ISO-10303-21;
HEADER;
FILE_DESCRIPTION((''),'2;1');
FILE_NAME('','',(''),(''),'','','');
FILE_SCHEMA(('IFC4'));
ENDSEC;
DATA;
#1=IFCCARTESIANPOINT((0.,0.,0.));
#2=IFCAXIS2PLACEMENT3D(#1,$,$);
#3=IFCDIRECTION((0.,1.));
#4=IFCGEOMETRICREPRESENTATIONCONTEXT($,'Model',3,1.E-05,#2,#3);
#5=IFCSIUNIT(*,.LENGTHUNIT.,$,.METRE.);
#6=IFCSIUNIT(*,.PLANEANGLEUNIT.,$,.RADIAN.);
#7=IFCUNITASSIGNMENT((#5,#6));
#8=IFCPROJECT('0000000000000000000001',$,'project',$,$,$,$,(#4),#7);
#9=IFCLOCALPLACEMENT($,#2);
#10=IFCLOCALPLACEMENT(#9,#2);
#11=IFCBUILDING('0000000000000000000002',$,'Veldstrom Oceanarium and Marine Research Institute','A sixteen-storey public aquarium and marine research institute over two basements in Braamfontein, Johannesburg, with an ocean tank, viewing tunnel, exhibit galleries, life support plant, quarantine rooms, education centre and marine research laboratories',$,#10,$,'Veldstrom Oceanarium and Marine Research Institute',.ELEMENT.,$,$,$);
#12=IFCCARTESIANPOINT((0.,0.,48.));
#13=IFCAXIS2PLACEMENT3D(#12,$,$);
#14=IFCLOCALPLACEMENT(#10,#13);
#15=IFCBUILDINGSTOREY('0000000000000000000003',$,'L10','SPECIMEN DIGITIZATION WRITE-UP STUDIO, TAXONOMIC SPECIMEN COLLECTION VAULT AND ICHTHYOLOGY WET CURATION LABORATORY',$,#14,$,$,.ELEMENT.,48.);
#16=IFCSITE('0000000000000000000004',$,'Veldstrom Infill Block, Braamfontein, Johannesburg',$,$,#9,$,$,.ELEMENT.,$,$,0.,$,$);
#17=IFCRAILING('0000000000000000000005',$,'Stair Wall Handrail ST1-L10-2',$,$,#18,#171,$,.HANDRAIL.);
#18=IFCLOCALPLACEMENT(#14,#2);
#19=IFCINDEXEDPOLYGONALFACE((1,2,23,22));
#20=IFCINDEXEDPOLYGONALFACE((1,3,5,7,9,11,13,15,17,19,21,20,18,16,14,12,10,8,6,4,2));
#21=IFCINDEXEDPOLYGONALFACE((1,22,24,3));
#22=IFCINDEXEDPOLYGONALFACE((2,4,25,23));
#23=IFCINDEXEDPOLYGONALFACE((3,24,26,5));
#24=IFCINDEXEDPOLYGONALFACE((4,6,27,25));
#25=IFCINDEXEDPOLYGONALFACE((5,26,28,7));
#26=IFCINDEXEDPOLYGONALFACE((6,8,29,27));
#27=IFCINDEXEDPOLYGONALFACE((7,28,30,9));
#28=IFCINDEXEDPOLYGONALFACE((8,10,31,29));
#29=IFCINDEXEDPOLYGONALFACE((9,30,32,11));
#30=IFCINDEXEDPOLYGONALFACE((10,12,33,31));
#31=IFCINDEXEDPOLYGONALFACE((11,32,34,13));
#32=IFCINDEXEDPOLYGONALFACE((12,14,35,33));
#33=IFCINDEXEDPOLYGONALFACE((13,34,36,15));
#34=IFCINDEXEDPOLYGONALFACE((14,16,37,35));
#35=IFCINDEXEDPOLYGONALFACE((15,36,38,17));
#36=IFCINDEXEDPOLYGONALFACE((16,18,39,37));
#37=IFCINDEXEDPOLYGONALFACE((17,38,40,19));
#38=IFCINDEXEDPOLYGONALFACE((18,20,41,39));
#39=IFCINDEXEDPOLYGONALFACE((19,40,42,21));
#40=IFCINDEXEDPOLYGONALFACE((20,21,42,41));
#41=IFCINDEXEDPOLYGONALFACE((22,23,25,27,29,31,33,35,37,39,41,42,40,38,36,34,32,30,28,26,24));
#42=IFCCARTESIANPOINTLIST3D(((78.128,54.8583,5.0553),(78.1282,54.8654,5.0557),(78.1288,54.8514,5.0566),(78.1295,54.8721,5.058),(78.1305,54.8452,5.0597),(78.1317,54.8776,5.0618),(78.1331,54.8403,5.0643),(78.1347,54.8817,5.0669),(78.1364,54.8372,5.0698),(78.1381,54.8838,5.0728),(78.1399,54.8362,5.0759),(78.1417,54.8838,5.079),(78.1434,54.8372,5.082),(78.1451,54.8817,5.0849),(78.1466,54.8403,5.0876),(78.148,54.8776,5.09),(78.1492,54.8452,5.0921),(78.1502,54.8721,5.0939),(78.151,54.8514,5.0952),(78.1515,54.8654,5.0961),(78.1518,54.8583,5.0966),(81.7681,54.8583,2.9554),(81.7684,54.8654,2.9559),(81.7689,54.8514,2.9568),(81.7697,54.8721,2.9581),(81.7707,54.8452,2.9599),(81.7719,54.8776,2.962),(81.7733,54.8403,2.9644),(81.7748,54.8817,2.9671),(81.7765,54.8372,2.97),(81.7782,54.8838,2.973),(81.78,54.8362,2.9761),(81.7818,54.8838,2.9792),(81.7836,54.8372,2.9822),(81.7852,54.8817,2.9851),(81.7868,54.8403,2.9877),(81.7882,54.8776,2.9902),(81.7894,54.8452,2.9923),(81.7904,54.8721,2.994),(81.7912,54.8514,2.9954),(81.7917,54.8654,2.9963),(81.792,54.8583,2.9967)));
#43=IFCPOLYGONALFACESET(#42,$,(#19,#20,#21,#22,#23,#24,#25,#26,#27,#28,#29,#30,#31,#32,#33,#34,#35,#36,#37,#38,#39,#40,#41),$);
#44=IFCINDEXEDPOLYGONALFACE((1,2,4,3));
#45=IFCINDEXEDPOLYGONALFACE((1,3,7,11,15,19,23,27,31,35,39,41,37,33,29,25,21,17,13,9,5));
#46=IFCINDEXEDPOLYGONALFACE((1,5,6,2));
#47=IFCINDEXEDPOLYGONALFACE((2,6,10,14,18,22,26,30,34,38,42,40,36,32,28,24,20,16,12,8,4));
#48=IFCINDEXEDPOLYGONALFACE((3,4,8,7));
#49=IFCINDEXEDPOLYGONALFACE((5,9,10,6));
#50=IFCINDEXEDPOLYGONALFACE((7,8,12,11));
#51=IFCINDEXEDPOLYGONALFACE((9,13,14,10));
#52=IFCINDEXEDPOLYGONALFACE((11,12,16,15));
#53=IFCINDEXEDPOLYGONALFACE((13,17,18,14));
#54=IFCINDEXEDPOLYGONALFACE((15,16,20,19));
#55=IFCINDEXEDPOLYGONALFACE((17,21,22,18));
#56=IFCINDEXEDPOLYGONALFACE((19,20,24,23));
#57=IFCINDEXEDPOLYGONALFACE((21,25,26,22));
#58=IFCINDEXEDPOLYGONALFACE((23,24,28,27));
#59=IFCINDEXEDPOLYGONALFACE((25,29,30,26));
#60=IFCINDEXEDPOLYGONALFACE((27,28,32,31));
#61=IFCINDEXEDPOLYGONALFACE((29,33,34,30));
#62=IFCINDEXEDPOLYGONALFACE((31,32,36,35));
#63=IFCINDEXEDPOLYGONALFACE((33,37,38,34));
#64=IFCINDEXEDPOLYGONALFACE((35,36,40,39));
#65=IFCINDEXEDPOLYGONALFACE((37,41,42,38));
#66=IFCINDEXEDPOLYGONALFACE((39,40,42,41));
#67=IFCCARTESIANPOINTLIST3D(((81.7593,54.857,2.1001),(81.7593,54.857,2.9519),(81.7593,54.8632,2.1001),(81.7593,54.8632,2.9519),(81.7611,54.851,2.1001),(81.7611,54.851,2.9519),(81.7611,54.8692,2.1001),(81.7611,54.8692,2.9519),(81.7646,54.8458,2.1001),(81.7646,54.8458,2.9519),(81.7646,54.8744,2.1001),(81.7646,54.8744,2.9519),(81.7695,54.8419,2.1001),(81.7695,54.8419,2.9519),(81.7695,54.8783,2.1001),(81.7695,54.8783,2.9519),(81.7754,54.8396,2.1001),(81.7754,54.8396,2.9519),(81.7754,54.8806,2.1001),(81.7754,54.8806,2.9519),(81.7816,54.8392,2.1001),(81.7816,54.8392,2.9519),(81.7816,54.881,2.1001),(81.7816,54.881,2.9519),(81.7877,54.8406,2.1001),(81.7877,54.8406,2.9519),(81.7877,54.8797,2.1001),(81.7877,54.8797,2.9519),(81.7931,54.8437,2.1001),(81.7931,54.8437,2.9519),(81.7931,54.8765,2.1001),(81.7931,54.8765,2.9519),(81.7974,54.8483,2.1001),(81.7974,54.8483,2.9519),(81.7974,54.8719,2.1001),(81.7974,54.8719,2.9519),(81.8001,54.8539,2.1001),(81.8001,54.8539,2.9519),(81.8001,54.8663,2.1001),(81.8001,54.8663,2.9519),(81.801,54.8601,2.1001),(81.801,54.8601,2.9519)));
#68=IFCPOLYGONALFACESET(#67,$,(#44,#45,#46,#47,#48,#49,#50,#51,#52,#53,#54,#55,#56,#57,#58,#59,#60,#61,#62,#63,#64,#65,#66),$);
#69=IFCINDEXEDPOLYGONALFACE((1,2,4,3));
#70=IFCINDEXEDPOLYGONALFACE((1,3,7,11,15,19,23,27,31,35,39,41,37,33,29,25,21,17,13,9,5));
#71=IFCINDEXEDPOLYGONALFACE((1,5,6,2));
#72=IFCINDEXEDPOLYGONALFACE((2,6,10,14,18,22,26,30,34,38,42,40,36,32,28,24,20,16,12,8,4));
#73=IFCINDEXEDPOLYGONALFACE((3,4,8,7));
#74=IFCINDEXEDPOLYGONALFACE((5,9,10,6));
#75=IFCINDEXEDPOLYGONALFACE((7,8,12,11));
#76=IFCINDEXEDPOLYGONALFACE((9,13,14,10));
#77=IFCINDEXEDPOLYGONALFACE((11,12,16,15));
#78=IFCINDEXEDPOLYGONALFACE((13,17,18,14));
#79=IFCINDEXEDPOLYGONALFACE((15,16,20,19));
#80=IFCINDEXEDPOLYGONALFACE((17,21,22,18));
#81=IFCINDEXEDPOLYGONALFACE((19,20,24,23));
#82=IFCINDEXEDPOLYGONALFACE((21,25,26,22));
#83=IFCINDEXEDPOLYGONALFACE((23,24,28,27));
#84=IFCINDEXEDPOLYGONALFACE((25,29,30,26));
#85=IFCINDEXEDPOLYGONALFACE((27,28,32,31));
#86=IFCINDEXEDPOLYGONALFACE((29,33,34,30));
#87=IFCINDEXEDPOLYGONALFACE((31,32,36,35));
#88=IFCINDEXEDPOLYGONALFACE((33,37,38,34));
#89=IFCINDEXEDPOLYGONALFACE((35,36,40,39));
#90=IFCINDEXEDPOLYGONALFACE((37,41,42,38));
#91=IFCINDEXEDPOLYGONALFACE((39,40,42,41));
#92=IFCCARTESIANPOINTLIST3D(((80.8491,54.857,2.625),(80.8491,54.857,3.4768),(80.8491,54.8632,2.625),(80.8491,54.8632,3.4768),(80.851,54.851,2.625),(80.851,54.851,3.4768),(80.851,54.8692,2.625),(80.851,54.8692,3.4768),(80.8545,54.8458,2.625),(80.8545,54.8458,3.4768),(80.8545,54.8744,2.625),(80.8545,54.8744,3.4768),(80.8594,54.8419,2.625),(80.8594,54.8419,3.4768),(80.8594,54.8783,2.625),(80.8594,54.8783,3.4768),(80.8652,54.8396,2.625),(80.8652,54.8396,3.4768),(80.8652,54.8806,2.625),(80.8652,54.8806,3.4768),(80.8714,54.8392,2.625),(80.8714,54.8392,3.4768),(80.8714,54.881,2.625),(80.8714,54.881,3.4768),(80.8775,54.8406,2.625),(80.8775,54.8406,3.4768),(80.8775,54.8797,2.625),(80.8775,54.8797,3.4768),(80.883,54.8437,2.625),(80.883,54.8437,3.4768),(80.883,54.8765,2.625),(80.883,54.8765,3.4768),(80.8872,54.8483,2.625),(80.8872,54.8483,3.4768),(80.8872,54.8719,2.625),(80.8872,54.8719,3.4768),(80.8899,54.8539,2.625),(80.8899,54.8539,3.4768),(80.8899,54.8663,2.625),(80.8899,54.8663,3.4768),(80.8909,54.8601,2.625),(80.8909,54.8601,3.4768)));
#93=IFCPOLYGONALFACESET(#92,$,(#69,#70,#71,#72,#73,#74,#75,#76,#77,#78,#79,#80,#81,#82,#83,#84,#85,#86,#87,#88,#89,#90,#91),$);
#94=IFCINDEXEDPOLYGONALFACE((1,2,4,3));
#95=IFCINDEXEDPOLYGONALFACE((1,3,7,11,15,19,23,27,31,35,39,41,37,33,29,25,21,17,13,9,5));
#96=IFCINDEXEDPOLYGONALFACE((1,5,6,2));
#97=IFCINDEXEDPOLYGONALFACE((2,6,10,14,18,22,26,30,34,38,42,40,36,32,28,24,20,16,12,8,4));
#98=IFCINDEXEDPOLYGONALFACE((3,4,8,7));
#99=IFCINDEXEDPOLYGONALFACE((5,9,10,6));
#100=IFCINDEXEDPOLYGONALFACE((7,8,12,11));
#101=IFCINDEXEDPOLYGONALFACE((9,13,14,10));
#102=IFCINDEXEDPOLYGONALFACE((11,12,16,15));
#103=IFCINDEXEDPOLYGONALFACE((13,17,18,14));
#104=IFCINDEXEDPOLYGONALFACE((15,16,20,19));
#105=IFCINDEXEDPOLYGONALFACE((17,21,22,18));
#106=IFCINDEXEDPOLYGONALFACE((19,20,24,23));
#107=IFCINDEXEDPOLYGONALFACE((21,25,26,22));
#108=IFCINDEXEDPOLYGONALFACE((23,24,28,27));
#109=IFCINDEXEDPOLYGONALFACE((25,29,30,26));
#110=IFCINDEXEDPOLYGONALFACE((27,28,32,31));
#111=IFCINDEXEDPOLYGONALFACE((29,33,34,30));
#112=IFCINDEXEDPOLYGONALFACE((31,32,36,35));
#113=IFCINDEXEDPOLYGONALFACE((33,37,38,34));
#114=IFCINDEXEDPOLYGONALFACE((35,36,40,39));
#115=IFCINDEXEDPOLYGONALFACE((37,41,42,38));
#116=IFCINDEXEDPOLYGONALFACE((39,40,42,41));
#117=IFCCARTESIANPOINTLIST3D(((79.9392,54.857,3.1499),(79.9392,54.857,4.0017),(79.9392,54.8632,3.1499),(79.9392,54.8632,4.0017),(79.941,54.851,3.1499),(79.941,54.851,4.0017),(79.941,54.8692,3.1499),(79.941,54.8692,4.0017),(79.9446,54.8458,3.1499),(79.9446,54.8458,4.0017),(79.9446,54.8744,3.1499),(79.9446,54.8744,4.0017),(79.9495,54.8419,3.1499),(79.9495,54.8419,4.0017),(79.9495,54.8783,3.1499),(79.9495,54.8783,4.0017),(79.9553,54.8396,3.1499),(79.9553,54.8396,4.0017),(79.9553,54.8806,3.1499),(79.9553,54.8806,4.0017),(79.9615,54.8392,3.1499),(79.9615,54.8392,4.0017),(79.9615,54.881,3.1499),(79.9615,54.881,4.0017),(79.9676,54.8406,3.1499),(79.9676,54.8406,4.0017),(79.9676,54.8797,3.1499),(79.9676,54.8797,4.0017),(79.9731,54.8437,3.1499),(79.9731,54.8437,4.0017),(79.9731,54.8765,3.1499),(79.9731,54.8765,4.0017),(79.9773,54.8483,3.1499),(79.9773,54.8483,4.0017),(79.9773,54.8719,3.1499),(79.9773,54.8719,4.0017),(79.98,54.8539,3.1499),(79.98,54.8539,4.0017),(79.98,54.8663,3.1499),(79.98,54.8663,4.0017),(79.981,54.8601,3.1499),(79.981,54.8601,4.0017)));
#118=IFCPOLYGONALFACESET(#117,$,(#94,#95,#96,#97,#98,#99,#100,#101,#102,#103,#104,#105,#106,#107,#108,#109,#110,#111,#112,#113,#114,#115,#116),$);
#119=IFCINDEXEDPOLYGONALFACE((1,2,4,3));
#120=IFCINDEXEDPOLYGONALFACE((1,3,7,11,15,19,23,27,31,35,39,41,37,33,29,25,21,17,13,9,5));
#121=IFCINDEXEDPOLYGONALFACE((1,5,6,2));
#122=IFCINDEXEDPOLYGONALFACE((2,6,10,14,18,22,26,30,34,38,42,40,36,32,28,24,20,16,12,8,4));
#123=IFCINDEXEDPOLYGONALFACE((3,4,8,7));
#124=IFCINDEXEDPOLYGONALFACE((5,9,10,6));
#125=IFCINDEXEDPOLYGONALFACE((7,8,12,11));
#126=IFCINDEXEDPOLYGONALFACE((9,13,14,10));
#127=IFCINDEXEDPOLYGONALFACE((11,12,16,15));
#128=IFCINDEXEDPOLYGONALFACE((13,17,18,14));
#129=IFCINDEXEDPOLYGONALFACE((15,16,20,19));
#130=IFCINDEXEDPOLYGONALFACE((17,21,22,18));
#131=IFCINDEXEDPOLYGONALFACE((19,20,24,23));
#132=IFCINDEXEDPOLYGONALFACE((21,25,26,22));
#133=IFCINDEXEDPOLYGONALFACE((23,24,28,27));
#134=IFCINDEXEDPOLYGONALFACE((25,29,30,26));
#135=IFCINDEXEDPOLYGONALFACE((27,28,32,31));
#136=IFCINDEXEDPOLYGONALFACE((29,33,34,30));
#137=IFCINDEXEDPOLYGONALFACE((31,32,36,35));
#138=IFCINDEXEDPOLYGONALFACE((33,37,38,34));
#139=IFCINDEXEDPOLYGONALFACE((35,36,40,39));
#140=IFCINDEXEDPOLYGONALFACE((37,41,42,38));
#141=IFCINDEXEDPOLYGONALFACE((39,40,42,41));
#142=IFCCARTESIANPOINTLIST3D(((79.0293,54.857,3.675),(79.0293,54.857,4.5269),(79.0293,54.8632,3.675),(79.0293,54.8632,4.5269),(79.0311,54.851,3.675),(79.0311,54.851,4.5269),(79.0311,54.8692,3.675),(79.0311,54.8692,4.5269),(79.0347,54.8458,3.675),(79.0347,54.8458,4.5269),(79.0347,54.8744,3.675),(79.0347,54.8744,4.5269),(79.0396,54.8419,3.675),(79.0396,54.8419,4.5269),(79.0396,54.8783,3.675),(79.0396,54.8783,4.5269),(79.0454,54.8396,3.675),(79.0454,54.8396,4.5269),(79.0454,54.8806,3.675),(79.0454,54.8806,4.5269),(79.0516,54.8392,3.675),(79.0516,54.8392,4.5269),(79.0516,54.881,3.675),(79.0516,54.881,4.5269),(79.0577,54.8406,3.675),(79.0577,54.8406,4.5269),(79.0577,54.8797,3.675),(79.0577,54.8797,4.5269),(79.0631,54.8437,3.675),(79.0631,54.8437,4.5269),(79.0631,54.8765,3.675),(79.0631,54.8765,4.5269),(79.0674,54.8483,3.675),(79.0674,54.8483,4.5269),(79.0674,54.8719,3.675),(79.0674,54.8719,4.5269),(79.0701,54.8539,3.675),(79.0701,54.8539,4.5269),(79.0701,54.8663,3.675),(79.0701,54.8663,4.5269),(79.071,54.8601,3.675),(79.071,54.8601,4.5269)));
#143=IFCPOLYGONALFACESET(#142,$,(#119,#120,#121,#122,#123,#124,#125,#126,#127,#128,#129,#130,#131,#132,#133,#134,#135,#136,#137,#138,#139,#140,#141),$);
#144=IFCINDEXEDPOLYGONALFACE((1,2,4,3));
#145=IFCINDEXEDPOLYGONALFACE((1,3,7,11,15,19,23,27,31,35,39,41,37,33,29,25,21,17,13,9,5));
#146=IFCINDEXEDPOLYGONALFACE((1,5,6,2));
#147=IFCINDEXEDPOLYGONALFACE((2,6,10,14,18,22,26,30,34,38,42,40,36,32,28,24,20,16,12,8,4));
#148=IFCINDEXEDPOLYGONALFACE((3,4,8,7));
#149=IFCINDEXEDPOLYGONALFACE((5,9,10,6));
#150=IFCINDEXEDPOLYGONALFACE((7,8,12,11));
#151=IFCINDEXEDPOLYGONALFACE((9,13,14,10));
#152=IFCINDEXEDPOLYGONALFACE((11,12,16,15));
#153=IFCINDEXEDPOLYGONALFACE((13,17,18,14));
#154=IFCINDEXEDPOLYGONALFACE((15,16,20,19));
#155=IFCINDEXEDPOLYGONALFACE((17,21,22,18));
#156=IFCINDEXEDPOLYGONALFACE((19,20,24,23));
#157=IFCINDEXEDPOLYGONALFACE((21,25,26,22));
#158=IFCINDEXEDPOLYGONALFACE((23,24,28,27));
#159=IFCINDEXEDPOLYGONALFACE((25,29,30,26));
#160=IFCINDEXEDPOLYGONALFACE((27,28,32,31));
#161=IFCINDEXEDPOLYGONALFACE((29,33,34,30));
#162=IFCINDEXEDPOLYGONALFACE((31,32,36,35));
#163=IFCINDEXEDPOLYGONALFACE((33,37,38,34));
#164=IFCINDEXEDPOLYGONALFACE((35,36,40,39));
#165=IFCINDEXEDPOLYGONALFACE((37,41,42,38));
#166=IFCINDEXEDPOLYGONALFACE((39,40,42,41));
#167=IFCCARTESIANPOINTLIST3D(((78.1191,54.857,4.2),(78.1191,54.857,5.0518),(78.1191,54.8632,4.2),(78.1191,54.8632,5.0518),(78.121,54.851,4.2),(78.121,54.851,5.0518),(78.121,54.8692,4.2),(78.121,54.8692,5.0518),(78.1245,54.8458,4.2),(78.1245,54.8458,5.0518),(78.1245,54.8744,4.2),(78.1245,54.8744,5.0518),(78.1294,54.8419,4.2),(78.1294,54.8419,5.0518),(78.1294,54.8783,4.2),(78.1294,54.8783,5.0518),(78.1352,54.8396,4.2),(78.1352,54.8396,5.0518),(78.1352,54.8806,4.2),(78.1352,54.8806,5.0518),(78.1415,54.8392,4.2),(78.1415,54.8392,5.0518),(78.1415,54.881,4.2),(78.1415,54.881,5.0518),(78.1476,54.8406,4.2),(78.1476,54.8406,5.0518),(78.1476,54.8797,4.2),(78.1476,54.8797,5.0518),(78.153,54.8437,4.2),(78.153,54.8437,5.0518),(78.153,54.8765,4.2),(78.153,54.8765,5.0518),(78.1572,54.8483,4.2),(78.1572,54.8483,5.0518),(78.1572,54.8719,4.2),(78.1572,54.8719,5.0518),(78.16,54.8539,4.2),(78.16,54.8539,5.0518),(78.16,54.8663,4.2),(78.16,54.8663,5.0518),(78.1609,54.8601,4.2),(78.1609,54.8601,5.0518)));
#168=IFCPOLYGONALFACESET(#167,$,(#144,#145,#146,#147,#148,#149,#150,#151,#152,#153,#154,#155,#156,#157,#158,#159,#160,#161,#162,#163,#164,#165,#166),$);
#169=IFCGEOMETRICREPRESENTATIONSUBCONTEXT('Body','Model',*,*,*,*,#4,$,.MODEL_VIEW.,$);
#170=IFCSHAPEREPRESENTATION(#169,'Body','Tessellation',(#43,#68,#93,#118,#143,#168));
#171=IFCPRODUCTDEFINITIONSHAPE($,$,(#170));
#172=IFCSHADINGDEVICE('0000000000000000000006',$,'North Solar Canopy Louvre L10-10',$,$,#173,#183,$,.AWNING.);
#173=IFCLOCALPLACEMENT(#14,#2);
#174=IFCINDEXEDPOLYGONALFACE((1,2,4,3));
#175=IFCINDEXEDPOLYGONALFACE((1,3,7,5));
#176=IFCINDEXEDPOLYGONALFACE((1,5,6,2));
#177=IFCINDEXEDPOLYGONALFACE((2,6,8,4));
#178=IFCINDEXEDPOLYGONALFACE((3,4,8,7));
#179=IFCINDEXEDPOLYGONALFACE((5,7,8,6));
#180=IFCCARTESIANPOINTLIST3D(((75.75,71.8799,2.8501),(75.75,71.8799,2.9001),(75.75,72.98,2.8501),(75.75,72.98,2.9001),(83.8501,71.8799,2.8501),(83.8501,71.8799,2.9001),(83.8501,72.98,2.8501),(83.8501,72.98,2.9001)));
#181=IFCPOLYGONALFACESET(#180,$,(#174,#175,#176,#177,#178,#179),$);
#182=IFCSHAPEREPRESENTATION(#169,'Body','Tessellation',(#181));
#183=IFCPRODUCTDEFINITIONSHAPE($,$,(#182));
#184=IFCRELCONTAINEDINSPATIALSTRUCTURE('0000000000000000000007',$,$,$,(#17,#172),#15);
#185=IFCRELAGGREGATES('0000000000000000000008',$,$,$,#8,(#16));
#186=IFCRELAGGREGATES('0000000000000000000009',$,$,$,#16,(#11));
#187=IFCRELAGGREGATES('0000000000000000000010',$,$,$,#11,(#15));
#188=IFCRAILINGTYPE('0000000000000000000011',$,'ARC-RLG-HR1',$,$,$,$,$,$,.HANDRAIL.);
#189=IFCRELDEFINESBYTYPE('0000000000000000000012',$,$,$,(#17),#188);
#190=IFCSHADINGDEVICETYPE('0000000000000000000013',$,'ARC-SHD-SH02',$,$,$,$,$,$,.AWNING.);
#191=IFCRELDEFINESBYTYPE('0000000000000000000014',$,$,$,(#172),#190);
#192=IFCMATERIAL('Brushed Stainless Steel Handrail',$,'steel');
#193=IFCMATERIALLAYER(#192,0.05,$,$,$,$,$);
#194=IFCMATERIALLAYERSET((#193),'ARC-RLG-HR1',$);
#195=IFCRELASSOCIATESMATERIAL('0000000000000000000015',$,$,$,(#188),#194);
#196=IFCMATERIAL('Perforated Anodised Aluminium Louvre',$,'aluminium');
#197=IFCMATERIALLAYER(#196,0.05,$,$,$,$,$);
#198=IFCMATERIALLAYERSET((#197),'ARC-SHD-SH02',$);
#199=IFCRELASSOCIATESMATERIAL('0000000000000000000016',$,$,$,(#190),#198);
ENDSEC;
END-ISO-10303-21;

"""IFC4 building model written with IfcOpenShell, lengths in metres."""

from ifc_helpers import new_model, si_unit, direction, frame, origin, origin_2d, place, context, subcontext, project, spatial, rectangle, circle, extrude, material, layer, layer_set, type_object, element, save


model = new_model("IFC4")

# Units and contexts
model_context = context("Model", 3, precision=1e-05, world=origin(), true_north=direction((0.0, 1.0)))
body_context = subcontext(model_context, "Body", "Model", "MODEL_VIEW")
ifc_project = project(units=[si_unit("LENGTHUNIT", "METRE"), si_unit("PLANEANGLEUNIT", "RADIAN")], contexts=[model_context])

# Site, building, storey
site_placement = place(None, origin())
site = spatial("IfcSite", under=ifc_project, at=site_placement, Name="Veldstrom Infill Block, Braamfontein, Johannesburg", CompositionType="ELEMENT", RefElevation=0.0)
building_placement = place(site_placement, origin())
building = spatial("IfcBuilding", under=site, at=building_placement, Name="Veldstrom Oceanarium and Marine Research Institute", Description="A sixteen-storey public aquarium and marine research institute over two basements in Braamfontein, Johannesburg, with an ocean tank, viewing tunnel, exhibit galleries, life support plant, quarantine rooms, education centre and marine research laboratories", LongName="Veldstrom Oceanarium and Marine Research Institute", CompositionType="ELEMENT")
storey_placement = place(building_placement, frame((0.0, 0.0, 48.0)))
storey = spatial("IfcBuildingStorey", under=building, at=storey_placement, Name="L10", Description="SPECIMEN DIGITIZATION WRITE-UP STUDIO, TAXONOMIC SPECIMEN COLLECTION VAULT AND ICHTHYOLOGY WET CURATION LABORATORY", CompositionType="ELEMENT", Elevation=48.0)

# Railing
ifc_material_1 = material(Name="Brushed Stainless Steel Handrail", Category="steel")
ifc_layer_1 = layer(ifc_material_1, 0.05)
ifc_layer_set_1 = layer_set([ifc_layer_1], Name="ARC-RLG-HR1")
railing_type_1 = type_object("IfcRailingType", Name="ARC-RLG-HR1", PredefinedType="HANDRAIL", material=ifc_layer_set_1)
railing_1_placement = place(storey_placement, frame((81.78, 54.8601, 2.1001)))
element("IfcRailing", 1, at=railing_1_placement, inside=storey, type_object=railing_type_1, Name="Stair Wall Handrail ST1-L10-2", PredefinedType="HANDRAIL", context=body_context, shape_type="SweptSolid", body=[
    extrude(circle(Radius=0.0239, at=origin_2d()), frame((0.0, 0.0, 0.876), z_axis=(-0.866209, 0.0, 0.499682), x_axis=(0.0, -1.0, 0.0)), (0.0, 0.0, 1.0), 4.2024),
    extrude(circle(Radius=0.021, at=origin_2d()), origin(), (0.0, 0.0, 1.0), 0.8518),
    extrude(circle(Radius=0.021, at=origin_2d()), frame((-0.9102, 0.0, 0.5249)), (0.0, 0.0, 1.0), 0.8518),
    extrude(circle(Radius=0.021, at=origin_2d()), frame((-1.8201, 0.0, 1.0498)), (0.0, 0.0, 1.0), 0.8518),
    extrude(circle(Radius=0.021, at=origin_2d()), frame((-2.73, 0.0, 1.575)), (0.0, 0.0, 1.0), 0.8518),
    extrude(circle(Radius=0.021, at=origin_2d()), frame((-3.6401, 0.0, 2.0999)), (0.0, 0.0, 1.0), 0.8518),
])

# Shading device
ifc_material_2 = material(Name="Perforated Anodised Aluminium Louvre", Category="aluminium")
ifc_layer_2 = layer(ifc_material_2, 0.05)
ifc_layer_set_2 = layer_set([ifc_layer_2], Name="ARC-SHD-SH02")
shading_device_type = type_object("IfcShadingDeviceType", Name="ARC-SHD-SH02", PredefinedType="AWNING", material=ifc_layer_set_2)
shading_device_placement = place(storey_placement, frame((79.8, 72.4299, 2.8501), z_axis=(0.0, 0.0, 1.0), x_axis=(1.0, 0.0, 0.0)))
element("IfcShadingDevice", 2, at=shading_device_placement, inside=storey, type_object=shading_device_type, Name="North Solar Canopy Louvre L10-10", PredefinedType="AWNING", context=body_context, shape_type="SweptSolid", body=[
    extrude(rectangle(XDim=8.1001, YDim=1.1001, at=origin_2d()), origin(), (0.0, 0.0, 1.0), 0.05),
])

save(model, "model.ifc")
